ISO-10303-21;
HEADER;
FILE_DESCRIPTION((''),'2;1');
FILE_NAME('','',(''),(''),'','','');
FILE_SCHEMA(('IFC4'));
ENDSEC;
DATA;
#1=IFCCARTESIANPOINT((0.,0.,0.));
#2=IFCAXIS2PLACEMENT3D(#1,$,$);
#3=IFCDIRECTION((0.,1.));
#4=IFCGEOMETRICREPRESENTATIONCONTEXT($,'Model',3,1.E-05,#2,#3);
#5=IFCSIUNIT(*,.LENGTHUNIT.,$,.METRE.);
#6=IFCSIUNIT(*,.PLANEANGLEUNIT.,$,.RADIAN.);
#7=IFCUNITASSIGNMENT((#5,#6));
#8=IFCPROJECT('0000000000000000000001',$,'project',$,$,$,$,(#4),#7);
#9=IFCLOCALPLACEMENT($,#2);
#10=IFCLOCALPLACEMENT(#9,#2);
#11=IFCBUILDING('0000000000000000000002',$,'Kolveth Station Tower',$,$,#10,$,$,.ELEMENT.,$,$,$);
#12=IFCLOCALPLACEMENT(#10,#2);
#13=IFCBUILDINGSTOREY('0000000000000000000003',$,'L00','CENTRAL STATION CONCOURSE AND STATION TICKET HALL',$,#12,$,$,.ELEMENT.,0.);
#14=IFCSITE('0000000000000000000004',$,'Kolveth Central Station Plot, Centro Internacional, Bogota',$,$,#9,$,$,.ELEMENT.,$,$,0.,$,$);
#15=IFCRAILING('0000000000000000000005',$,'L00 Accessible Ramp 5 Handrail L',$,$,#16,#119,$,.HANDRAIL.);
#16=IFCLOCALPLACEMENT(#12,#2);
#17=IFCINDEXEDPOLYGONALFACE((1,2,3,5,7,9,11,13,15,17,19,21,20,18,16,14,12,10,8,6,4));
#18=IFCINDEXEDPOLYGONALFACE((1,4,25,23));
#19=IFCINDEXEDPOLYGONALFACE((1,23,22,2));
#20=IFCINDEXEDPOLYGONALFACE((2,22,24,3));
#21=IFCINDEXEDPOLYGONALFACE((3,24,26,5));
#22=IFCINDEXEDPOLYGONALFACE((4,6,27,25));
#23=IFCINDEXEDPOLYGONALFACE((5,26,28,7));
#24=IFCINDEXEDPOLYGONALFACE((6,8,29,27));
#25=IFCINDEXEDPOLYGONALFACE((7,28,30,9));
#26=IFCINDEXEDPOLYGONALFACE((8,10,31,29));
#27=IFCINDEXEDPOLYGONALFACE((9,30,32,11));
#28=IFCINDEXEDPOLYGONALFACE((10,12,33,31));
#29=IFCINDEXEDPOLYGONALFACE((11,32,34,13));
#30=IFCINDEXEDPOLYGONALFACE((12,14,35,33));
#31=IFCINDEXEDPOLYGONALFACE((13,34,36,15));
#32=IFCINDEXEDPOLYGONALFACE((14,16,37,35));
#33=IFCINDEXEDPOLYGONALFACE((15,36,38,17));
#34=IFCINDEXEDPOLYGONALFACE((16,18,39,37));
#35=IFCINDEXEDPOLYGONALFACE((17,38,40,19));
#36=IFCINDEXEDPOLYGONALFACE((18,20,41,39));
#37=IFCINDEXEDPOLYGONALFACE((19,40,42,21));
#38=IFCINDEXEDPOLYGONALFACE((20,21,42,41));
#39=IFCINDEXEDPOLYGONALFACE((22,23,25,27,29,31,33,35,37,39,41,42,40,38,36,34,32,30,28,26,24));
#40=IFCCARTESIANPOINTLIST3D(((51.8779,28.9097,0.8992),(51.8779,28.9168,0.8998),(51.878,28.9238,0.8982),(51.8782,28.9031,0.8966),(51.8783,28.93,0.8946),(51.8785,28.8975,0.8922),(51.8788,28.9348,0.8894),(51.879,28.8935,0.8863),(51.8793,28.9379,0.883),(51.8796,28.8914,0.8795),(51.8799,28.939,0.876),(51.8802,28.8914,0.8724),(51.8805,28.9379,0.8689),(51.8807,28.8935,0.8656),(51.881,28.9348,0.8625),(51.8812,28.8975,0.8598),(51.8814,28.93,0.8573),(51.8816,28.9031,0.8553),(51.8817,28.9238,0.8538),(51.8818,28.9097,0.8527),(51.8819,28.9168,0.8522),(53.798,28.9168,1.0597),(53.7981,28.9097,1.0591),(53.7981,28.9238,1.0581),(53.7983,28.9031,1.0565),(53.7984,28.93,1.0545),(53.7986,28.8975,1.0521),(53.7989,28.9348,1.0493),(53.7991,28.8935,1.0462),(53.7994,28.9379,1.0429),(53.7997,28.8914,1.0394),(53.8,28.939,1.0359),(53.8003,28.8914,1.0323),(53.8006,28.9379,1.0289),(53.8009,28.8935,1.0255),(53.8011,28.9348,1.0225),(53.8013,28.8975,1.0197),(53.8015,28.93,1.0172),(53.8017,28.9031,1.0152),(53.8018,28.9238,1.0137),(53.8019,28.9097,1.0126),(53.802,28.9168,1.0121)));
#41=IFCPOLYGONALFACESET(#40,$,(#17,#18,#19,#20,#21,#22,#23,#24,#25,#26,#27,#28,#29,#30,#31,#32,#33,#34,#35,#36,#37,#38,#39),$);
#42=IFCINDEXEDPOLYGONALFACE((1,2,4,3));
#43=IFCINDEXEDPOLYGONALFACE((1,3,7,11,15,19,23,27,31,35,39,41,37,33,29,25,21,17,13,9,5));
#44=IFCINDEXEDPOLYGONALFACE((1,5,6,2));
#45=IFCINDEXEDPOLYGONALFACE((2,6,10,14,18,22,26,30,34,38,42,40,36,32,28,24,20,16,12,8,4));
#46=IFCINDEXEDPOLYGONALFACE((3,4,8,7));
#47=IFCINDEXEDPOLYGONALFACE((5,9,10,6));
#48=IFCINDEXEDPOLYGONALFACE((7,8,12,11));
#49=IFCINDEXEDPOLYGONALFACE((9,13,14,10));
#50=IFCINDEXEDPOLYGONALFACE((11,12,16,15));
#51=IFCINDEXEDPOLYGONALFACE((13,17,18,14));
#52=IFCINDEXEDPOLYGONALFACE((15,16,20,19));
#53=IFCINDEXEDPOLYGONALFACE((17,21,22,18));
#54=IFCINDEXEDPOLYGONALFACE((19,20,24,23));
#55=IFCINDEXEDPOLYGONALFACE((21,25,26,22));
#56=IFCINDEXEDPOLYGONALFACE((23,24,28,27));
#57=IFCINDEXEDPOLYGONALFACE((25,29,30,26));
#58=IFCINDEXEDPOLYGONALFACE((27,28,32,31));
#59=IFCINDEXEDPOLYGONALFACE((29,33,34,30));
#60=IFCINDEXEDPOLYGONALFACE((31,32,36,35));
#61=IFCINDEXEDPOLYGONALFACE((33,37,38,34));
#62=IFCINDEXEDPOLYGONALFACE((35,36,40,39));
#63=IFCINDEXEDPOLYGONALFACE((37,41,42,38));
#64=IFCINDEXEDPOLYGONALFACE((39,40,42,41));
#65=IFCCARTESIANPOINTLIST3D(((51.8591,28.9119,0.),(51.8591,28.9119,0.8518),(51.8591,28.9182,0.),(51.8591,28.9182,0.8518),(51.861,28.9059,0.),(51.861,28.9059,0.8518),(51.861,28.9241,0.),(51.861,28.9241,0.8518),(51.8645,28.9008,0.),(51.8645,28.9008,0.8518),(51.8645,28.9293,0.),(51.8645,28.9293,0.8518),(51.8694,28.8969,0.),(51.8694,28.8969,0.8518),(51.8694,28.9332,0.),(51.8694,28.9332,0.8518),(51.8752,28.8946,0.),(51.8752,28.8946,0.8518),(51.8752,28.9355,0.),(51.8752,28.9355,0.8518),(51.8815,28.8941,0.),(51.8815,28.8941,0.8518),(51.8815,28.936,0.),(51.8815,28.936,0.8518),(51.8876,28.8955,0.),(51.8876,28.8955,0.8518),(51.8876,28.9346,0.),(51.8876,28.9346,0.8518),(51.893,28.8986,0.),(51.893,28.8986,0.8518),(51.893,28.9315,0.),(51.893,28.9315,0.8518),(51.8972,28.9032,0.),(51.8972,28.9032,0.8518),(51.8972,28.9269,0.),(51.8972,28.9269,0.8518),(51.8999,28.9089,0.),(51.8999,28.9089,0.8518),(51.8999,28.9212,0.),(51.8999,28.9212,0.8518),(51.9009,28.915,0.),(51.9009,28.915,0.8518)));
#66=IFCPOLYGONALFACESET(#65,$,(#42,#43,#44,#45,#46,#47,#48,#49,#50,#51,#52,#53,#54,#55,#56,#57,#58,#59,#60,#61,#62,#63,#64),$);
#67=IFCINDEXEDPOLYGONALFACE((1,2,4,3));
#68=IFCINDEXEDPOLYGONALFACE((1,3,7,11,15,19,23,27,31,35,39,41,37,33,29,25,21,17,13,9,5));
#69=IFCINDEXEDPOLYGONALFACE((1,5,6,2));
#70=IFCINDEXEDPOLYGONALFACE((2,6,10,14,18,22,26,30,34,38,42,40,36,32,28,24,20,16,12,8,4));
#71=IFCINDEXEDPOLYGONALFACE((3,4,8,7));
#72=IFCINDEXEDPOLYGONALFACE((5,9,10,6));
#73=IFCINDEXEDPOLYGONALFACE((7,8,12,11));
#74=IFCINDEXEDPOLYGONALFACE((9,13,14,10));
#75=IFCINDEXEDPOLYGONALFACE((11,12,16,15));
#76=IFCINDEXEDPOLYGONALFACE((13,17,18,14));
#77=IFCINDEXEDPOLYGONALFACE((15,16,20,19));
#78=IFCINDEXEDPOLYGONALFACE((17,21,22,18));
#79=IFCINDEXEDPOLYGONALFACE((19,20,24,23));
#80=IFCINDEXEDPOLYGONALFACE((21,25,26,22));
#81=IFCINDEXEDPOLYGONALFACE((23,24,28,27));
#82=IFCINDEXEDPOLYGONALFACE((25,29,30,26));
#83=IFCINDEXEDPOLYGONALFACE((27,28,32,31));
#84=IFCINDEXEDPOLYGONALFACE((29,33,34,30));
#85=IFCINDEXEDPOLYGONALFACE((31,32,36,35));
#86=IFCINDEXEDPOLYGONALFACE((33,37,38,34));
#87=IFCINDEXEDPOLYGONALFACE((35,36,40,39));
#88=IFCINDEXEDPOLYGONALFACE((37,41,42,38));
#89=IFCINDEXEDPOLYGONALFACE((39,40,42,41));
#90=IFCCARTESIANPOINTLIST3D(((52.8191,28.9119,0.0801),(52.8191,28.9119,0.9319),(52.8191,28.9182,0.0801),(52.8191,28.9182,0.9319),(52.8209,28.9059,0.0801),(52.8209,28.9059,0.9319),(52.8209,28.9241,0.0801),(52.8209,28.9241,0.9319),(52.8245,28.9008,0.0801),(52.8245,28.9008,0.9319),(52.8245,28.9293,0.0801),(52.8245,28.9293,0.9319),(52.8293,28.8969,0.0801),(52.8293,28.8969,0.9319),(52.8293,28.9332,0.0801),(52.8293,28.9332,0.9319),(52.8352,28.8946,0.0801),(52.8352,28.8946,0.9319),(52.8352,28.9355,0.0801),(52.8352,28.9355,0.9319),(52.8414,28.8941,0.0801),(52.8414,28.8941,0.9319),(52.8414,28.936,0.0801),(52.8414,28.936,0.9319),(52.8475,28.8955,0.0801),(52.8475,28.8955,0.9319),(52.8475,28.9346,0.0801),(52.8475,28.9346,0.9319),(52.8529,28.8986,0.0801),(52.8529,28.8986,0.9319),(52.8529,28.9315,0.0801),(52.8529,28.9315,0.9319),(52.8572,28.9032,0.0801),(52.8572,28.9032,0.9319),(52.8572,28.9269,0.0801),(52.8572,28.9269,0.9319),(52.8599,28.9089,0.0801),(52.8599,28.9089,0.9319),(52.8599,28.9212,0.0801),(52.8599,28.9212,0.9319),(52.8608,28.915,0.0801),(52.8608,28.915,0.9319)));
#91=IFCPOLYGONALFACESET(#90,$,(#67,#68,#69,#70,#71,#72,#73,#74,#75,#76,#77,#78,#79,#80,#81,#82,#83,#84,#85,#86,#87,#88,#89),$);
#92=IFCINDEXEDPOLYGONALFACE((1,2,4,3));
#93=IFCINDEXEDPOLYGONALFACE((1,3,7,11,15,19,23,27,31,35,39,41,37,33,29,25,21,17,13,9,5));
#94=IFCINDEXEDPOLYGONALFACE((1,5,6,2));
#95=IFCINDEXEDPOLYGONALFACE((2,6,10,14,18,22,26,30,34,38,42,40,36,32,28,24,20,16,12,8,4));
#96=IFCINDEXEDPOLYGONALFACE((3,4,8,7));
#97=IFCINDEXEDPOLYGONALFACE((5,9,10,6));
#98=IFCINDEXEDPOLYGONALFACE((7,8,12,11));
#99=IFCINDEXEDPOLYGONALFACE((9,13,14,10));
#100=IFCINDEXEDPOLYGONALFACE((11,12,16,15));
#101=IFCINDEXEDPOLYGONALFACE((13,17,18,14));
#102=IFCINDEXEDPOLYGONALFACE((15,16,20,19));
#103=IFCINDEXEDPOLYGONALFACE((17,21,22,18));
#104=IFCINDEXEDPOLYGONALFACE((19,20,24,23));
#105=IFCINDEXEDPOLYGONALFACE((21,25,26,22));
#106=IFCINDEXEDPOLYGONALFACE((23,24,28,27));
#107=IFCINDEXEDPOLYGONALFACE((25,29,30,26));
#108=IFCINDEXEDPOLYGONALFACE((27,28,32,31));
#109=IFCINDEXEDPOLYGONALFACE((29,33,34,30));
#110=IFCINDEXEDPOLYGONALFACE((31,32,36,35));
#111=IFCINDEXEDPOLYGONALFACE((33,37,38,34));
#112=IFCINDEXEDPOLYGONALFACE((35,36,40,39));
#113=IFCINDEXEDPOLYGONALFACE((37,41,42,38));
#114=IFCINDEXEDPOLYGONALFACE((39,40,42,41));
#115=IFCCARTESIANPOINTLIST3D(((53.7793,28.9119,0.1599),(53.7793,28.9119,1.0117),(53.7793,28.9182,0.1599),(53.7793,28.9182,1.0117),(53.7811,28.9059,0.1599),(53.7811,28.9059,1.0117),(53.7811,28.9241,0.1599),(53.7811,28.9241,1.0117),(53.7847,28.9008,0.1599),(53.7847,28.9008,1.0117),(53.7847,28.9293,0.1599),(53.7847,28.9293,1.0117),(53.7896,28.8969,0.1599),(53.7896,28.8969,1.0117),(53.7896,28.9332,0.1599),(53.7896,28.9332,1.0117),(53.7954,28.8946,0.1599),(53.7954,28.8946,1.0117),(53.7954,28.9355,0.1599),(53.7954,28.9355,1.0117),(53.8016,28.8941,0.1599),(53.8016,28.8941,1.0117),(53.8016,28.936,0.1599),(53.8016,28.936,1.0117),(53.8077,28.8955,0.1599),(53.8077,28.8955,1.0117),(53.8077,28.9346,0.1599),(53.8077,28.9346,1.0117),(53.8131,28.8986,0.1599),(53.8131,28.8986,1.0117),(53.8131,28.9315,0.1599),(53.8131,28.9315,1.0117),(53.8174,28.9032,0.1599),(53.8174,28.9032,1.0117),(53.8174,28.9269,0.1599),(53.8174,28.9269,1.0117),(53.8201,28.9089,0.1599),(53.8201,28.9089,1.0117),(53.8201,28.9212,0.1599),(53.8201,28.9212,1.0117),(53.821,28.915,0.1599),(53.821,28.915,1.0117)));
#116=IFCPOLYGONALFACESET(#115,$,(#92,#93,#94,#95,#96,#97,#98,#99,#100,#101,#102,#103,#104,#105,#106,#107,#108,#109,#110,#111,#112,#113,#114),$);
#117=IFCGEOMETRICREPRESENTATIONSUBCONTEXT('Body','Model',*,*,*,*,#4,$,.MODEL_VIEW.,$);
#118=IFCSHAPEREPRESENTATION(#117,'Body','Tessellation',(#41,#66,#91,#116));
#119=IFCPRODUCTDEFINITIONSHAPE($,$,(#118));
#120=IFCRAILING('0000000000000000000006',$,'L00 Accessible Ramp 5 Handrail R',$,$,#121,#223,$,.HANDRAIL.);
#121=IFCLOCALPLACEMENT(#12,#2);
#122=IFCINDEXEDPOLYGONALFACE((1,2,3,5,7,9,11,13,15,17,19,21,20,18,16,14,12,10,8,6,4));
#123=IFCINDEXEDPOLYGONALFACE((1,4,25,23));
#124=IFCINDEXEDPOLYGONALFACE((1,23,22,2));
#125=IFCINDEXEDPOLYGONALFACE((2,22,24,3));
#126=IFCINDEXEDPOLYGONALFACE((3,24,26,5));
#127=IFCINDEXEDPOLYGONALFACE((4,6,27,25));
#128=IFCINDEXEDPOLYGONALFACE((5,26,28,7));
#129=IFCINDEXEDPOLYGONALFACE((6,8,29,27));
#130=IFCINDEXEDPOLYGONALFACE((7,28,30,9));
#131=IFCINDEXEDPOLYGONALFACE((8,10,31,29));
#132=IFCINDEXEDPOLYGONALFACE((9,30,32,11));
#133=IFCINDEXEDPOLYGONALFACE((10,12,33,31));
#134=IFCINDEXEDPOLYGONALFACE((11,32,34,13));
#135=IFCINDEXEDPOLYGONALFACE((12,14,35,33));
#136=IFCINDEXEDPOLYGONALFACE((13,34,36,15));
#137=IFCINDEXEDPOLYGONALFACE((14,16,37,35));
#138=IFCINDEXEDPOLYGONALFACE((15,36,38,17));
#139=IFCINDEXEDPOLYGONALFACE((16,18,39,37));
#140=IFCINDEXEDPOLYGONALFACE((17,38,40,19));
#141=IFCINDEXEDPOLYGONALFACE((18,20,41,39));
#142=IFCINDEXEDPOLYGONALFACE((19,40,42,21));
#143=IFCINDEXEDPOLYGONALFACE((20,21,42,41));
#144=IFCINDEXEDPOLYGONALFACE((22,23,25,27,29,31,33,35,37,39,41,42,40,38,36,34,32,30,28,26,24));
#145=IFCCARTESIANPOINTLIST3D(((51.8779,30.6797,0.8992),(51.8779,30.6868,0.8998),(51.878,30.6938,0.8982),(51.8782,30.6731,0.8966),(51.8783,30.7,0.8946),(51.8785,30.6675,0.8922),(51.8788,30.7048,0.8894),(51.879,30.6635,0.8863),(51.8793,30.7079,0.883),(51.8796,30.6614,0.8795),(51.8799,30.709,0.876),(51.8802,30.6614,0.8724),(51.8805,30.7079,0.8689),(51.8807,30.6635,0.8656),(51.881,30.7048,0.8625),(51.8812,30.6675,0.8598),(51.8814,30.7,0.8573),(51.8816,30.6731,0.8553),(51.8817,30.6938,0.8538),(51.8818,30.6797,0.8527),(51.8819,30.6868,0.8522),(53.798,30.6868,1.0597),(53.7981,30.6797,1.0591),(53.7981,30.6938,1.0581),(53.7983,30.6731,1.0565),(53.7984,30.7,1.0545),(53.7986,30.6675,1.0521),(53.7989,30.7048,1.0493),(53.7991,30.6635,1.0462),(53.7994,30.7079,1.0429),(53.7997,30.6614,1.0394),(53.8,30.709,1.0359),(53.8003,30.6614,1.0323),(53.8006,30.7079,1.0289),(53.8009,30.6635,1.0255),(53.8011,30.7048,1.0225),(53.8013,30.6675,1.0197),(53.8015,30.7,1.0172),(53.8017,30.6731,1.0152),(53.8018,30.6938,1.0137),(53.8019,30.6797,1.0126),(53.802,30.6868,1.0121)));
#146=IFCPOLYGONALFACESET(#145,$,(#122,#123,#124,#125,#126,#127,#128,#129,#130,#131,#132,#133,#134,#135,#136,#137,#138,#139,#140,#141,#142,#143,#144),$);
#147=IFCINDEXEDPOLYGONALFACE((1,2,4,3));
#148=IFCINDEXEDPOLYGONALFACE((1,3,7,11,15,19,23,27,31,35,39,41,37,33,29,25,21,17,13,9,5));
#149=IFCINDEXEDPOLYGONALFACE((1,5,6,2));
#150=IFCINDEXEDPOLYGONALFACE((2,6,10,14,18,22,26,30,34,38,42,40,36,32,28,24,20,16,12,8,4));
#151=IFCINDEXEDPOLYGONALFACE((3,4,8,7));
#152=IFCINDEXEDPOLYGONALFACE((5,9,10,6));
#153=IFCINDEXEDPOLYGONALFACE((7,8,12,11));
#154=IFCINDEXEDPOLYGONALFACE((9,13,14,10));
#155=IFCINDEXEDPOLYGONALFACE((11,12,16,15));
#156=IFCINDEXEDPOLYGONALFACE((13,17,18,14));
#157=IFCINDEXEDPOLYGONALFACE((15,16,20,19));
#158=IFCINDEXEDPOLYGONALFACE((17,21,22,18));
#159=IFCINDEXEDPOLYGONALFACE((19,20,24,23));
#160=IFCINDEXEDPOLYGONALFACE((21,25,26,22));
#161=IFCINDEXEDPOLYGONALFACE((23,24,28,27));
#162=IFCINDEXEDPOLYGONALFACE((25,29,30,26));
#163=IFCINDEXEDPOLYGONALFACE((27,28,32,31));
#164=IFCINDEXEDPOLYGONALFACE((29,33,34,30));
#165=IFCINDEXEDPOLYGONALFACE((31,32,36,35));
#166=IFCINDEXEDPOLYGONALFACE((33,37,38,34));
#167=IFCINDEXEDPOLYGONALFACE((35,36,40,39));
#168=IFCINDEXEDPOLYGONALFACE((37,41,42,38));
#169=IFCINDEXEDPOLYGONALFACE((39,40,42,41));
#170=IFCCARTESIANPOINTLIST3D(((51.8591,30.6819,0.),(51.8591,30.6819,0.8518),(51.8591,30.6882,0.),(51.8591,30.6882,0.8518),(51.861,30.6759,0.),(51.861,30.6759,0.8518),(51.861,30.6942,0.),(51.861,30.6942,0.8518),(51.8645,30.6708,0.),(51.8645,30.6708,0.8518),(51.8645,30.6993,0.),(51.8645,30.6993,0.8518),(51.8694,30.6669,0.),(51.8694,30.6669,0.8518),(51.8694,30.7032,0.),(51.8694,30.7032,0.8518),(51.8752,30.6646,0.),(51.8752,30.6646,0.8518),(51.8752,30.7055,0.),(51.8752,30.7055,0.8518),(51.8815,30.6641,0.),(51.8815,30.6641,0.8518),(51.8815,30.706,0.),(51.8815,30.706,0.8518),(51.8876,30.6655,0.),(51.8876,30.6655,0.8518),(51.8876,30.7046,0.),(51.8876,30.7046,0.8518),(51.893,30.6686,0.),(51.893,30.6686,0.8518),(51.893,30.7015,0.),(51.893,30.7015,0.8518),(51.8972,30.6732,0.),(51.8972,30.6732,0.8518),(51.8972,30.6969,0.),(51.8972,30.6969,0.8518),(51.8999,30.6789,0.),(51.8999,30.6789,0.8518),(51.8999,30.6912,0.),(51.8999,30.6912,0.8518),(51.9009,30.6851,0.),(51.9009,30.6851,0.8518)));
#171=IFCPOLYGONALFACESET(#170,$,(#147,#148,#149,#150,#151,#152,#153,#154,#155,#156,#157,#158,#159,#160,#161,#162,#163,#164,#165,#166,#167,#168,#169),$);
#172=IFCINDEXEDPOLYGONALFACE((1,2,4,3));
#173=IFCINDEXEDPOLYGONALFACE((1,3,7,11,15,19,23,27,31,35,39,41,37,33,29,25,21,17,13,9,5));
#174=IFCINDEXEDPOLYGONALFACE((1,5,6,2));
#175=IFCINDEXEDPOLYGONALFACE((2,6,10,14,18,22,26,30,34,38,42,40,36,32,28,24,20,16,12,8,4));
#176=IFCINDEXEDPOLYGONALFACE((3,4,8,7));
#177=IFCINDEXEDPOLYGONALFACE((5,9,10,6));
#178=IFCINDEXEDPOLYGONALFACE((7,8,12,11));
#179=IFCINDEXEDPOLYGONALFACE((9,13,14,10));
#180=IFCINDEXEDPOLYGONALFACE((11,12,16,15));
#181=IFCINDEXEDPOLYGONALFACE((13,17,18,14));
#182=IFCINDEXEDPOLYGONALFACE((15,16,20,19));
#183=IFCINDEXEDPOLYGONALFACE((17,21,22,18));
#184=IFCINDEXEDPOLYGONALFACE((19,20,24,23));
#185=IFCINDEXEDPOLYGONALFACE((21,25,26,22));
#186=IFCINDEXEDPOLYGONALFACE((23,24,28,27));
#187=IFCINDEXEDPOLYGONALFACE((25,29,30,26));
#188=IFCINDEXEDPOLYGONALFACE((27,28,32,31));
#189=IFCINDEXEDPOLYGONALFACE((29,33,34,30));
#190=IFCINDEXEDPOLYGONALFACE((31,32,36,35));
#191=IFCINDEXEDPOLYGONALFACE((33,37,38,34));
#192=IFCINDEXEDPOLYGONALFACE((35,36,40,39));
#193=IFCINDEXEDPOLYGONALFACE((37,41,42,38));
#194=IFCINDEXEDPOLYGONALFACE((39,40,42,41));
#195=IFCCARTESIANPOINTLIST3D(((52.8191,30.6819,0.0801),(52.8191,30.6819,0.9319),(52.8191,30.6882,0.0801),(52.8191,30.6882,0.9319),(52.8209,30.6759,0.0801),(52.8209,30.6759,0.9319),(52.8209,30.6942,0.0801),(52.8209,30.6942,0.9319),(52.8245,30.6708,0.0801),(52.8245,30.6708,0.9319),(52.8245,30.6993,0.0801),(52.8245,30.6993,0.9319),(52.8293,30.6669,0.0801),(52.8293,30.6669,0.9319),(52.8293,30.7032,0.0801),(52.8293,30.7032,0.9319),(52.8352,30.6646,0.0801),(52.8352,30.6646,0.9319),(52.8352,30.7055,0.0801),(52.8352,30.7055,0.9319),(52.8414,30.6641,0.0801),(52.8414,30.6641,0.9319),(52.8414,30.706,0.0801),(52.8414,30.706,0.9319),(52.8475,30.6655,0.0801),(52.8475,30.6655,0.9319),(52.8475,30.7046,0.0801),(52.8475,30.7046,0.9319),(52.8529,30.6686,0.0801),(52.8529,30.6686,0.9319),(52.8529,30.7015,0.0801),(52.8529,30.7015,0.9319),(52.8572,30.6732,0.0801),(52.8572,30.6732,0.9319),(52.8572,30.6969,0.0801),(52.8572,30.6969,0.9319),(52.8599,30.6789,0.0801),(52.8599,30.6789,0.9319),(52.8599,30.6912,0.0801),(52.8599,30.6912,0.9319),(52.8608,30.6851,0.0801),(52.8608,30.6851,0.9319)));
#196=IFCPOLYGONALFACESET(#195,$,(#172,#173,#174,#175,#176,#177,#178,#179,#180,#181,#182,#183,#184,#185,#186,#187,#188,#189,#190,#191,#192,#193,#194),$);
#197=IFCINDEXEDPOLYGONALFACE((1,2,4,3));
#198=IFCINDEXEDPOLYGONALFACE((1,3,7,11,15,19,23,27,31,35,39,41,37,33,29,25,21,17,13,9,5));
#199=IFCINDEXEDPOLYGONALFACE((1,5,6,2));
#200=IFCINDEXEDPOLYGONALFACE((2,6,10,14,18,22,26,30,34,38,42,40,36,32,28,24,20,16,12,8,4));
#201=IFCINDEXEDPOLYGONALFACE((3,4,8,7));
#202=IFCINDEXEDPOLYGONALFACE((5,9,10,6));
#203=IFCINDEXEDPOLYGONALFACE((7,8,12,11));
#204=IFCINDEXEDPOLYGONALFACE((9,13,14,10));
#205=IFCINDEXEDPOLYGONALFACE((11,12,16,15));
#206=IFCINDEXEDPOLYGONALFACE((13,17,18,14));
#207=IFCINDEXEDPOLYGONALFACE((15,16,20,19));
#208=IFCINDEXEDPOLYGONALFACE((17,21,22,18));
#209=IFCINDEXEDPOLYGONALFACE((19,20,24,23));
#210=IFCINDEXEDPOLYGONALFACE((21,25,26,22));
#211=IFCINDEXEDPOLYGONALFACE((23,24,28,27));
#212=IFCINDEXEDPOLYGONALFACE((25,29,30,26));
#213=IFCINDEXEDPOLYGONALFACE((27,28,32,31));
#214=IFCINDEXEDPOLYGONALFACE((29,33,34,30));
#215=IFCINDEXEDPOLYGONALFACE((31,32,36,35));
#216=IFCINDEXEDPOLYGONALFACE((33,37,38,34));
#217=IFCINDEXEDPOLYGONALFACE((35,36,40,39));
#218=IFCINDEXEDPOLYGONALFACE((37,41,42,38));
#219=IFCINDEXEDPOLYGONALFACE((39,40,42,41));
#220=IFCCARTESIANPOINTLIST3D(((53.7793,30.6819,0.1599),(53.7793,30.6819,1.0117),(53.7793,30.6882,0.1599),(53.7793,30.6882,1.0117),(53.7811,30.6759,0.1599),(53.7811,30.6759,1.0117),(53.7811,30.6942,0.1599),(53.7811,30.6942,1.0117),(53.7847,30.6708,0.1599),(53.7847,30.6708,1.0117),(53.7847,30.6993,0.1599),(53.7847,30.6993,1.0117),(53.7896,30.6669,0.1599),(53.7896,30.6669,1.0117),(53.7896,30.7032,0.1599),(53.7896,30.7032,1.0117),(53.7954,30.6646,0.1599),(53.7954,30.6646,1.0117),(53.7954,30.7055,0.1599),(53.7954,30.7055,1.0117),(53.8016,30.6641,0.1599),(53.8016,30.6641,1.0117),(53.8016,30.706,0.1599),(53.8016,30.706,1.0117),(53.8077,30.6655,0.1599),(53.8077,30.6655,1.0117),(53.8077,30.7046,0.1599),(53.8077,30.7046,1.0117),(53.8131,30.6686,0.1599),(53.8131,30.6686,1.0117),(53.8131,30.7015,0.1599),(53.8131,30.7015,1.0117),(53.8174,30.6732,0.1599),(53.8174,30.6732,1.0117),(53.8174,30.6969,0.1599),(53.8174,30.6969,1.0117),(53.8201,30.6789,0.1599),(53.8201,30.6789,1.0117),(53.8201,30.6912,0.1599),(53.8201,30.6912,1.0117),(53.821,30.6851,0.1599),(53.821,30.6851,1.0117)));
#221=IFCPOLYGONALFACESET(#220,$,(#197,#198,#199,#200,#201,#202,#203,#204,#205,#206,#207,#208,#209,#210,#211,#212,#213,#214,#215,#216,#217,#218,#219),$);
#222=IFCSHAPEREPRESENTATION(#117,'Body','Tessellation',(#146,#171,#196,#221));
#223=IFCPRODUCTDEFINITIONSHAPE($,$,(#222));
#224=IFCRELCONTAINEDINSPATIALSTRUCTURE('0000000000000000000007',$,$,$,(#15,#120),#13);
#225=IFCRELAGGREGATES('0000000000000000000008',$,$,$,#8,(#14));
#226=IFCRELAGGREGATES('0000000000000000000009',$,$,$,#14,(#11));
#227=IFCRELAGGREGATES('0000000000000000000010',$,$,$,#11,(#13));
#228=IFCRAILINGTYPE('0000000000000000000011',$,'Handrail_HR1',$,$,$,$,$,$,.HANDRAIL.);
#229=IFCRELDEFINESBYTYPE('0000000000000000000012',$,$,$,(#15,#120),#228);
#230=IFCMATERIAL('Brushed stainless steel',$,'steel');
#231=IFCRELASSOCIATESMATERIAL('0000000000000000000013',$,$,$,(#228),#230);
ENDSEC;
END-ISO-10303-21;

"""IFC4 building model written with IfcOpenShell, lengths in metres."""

from ifc_helpers import new_model, si_unit, direction, frame, origin, origin_2d, place, context, subcontext, project, spatial, circle, extrude, material, type_object, element, save


model = new_model("IFC4")

# Units and contexts
model_context = context("Model", 3, precision=1e-05, world=origin(), true_north=direction((0.0, 1.0)))
body_context = subcontext(model_context, "Body", "Model", "MODEL_VIEW")
ifc_project = project(units=[si_unit("LENGTHUNIT", "METRE"), si_unit("PLANEANGLEUNIT", "RADIAN")], contexts=[model_context])

# Site, building, storey
site_placement = place(None, origin())
site = spatial("IfcSite", under=ifc_project, at=site_placement, Name="Kolveth Central Station Plot, Centro Internacional, Bogota", CompositionType="ELEMENT", RefElevation=0.0)
building_placement = place(site_placement, origin())
building = spatial("IfcBuilding", under=site, at=building_placement, Name="Kolveth Station Tower", CompositionType="ELEMENT")
storey_placement = place(building_placement, origin())
storey = spatial("IfcBuildingStorey", under=building, at=storey_placement, Name="L00", Description="CENTRAL STATION CONCOURSE AND STATION TICKET HALL", CompositionType="ELEMENT", Elevation=0.0)

# Railings
ifc_material_1 = material(Name="Brushed stainless steel", Category="steel")
railing_type_1 = type_object("IfcRailingType", Name="Handrail_HR1", PredefinedType="HANDRAIL", material=ifc_material_1)
for number, where, name in (
    (1, (51.8799, 28.915, 0.0), "L00 Accessible Ramp 5 Handrail L"),
    (2, (51.8799, 30.6851, 0.0), "L00 Accessible Ramp 5 Handrail R"),
):
    element("IfcRailing", number, at=place(storey_placement, frame(where)), inside=storey, type_object=railing_type_1, Name=name, PredefinedType="HANDRAIL", context=body_context, shape_type="SweptSolid", body=[
        extrude(circle(Radius=0.0239, at=origin_2d()), frame((0.0, 0.0, 0.876), z_axis=(0.99655, 0.0, 0.082993), x_axis=(0.0, 1.0, 0.0)), (0.0, 0.0, 1.0), 1.9268),
        extrude(circle(Radius=0.021, at=origin_2d()), origin(), (0.0, 0.0, 1.0), 0.8518),
        extrude(circle(Radius=0.021, at=origin_2d()), frame((0.96, 0.0, 0.0801)), (0.0, 0.0, 1.0), 0.8518),
        extrude(circle(Radius=0.021, at=origin_2d()), frame((1.9202, 0.0, 0.1599)), (0.0, 0.0, 1.0), 0.8518),
    ])

save(model, "model.ifc")
